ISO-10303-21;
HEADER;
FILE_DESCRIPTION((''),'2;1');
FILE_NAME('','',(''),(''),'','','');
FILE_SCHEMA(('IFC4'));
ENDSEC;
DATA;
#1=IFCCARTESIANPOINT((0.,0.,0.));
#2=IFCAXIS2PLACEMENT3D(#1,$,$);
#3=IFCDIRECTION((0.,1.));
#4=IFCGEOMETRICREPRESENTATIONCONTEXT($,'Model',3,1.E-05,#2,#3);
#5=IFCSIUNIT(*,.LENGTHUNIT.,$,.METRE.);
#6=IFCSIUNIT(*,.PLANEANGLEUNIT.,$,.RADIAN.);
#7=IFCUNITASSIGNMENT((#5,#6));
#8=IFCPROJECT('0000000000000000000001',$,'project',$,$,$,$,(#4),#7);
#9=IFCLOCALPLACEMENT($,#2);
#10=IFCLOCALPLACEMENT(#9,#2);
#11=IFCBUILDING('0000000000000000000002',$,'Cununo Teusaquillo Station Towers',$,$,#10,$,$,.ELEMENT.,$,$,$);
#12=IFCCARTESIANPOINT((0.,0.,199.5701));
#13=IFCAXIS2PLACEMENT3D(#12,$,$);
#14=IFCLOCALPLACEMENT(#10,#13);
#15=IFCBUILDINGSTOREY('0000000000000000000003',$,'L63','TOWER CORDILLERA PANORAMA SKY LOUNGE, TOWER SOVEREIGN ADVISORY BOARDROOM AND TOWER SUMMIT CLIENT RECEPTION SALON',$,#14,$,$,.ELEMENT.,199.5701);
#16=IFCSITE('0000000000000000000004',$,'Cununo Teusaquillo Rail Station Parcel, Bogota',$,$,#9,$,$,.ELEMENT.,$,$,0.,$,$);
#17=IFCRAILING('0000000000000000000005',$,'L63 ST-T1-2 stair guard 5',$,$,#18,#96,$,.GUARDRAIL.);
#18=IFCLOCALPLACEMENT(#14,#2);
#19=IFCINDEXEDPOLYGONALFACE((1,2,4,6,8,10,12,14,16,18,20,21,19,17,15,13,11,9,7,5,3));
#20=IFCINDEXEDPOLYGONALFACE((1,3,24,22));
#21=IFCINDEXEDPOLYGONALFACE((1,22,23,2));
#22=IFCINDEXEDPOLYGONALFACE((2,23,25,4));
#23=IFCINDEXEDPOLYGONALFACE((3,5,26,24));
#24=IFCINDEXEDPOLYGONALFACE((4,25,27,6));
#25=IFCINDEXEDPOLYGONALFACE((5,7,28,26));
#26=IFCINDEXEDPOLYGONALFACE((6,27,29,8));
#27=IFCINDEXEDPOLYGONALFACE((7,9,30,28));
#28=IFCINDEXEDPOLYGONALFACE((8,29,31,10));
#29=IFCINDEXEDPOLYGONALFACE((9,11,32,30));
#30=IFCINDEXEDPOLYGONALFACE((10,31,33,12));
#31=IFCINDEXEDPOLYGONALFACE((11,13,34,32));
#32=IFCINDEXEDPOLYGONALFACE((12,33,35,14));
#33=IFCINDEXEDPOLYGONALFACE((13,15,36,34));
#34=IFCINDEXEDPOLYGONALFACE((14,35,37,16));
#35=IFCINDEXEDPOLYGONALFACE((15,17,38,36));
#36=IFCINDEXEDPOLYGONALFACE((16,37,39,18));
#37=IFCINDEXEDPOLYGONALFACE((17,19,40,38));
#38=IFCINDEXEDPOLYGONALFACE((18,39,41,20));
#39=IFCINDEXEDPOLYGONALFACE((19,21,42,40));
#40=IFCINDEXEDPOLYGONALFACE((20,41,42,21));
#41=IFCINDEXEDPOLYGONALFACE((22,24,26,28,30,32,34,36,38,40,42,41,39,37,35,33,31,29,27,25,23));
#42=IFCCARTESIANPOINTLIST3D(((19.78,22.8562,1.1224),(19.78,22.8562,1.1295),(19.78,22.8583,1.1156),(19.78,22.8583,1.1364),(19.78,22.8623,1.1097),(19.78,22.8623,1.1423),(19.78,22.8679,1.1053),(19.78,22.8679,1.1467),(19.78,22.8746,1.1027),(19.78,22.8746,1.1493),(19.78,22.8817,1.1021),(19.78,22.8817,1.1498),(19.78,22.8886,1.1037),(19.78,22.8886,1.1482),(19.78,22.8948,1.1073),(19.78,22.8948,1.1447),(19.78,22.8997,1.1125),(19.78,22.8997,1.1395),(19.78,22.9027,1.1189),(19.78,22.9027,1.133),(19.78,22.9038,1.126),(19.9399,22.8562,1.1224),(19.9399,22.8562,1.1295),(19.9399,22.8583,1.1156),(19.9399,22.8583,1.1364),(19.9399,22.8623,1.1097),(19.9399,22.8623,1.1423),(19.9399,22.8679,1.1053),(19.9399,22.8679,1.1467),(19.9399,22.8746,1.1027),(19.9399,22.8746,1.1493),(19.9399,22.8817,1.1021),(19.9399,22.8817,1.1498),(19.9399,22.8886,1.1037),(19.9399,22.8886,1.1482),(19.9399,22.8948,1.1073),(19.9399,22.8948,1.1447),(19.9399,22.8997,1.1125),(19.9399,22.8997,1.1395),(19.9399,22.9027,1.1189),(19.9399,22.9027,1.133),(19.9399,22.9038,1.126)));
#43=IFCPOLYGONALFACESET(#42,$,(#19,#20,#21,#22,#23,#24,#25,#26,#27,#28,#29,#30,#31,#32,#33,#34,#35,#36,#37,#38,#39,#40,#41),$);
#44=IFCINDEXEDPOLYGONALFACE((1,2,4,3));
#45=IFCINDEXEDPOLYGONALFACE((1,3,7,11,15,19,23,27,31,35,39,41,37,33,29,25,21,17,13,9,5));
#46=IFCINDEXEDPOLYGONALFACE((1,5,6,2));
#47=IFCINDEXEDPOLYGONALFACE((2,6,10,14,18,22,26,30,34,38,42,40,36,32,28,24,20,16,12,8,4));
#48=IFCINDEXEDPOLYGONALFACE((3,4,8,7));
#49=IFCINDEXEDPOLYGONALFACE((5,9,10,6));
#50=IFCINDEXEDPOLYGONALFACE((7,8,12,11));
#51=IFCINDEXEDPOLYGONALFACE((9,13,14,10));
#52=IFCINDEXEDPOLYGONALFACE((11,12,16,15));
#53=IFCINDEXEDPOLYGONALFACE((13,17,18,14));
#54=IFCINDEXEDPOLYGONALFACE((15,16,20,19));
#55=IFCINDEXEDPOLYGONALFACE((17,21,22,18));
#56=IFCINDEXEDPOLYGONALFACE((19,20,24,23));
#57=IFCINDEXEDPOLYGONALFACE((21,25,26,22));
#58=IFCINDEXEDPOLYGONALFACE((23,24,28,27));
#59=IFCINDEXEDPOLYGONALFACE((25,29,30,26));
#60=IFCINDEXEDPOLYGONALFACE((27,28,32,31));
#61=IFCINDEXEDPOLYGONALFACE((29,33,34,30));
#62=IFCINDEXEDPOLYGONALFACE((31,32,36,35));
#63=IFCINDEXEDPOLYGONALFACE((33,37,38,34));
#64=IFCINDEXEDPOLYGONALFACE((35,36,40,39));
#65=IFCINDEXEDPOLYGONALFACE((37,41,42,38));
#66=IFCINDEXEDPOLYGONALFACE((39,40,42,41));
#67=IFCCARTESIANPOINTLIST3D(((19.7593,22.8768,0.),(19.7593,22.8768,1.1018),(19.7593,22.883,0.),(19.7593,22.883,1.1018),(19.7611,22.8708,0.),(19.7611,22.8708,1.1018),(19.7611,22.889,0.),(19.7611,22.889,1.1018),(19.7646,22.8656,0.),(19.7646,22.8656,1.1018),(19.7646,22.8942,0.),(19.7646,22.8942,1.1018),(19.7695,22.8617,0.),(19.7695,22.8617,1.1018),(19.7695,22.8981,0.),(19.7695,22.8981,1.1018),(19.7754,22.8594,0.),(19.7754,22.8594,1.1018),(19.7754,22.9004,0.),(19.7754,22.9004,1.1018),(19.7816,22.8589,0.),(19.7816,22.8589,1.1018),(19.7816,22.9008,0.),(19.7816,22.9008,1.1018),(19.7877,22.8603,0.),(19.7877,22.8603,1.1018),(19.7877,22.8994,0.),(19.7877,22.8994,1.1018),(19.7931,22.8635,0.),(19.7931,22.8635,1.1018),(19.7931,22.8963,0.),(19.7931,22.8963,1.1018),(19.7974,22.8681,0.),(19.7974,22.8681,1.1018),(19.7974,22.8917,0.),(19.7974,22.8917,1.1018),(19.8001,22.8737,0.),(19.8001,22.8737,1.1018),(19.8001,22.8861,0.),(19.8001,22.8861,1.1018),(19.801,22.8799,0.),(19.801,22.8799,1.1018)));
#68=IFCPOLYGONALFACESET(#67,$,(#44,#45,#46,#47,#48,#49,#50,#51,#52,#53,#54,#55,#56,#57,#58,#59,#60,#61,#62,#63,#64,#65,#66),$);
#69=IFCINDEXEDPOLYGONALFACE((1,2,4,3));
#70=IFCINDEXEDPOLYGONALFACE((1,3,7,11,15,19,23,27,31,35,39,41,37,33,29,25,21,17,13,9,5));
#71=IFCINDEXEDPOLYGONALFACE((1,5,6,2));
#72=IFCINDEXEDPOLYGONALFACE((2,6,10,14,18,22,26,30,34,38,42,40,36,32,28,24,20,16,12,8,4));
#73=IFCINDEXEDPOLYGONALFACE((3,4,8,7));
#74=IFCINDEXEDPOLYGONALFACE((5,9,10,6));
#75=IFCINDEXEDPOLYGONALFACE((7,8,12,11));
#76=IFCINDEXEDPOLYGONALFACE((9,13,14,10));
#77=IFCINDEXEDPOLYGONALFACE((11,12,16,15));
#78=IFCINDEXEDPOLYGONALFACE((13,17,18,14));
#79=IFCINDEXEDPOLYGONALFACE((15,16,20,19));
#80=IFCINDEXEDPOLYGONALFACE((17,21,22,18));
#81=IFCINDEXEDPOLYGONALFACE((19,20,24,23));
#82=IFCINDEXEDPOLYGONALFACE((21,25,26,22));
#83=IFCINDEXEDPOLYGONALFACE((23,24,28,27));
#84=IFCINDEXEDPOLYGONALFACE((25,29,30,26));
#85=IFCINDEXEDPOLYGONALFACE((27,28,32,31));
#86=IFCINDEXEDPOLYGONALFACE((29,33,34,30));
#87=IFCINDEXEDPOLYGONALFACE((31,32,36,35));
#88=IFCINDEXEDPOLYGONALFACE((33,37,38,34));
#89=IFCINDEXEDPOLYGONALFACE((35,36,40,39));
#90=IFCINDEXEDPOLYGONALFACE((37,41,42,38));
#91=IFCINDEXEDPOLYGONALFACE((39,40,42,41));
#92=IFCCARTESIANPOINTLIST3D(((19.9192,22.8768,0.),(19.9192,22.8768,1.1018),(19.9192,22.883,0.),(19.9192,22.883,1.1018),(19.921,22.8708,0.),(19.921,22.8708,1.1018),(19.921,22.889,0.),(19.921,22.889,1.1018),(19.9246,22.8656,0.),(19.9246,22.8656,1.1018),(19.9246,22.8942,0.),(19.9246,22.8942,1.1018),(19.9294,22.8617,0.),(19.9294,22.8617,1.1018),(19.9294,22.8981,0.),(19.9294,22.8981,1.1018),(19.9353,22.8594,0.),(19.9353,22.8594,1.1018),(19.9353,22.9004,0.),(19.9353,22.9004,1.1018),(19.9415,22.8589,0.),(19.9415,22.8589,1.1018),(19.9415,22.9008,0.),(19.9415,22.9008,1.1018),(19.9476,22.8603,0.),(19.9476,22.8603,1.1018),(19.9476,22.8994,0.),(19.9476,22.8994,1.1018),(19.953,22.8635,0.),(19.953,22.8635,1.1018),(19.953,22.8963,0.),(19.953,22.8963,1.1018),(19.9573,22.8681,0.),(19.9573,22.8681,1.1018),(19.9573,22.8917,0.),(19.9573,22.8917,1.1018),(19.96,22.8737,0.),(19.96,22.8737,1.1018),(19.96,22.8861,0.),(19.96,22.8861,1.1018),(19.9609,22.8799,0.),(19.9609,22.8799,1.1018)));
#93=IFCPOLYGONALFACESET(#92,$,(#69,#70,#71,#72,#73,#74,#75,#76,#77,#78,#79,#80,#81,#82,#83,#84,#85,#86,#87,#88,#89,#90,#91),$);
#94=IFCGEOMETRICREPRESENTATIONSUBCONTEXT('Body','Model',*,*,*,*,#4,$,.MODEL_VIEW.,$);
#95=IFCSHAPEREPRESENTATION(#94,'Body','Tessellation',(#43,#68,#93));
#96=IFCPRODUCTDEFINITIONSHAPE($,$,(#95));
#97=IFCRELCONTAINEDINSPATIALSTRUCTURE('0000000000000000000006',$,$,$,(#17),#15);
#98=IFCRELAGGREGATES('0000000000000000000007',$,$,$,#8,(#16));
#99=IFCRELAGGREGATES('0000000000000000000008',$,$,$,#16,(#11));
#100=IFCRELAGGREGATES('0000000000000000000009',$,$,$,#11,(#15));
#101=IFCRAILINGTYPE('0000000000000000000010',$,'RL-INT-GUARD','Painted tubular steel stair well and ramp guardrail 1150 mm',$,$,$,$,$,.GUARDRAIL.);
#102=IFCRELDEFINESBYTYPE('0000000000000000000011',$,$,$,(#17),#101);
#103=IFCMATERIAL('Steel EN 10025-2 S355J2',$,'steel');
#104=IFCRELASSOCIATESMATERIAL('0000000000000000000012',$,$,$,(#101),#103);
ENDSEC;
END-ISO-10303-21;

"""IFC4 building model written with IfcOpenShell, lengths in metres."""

from ifc_helpers import new_model, si_unit, direction, frame, origin, origin_2d, place, context, subcontext, project, spatial, circle, extrude, material, type_object, element, save


model = new_model("IFC4")

# Units and contexts
model_context = context("Model", 3, precision=1e-05, world=origin(), true_north=direction((0.0, 1.0)))
body_context = subcontext(model_context, "Body", "Model", "MODEL_VIEW")
ifc_project = project(units=[si_unit("LENGTHUNIT", "METRE"), si_unit("PLANEANGLEUNIT", "RADIAN")], contexts=[model_context])

# Site, building, storey
site_placement = place(None, origin())
site = spatial("IfcSite", under=ifc_project, at=site_placement, Name="Cununo Teusaquillo Rail Station Parcel, Bogota", CompositionType="ELEMENT", RefElevation=0.0)
building_placement = place(site_placement, origin())
building = spatial("IfcBuilding", under=site, at=building_placement, Name="Cununo Teusaquillo Station Towers", CompositionType="ELEMENT")
storey_placement = place(building_placement, frame((0.0, 0.0, 199.5701)))
storey = spatial("IfcBuildingStorey", under=building, at=storey_placement, Name="L63", Description="TOWER CORDILLERA PANORAMA SKY LOUNGE, TOWER SOVEREIGN ADVISORY BOARDROOM AND TOWER SUMMIT CLIENT RECEPTION SALON", CompositionType="ELEMENT", Elevation=199.5701)

# Railing
ifc_material_1 = material(Name="Steel EN 10025-2 S355J2", Category="steel")
railing_type = type_object("IfcRailingType", Name="RL-INT-GUARD", Description="Painted tubular steel stair well and ramp guardrail 1150 mm", PredefinedType="GUARDRAIL", material=ifc_material_1)
railing_1_placement = place(storey_placement, frame((19.78, 22.8799, 0.0)))
element("IfcRailing", 1, at=railing_1_placement, inside=storey, type_object=railing_type, Name="L63 ST-T1-2 stair guard 5", PredefinedType="GUARDRAIL", context=body_context, shape_type="SweptSolid", body=[
    extrude(circle(Radius=0.0239, at=origin_2d()), frame((0.0, 0.0, 1.126), z_axis=(1.0, 0.0, 0.0), x_axis=(0.0, 1.0, 0.0)), (0.0, 0.0, 1.0), 0.1599),
    extrude(circle(Radius=0.021, at=origin_2d()), origin(), (0.0, 0.0, 1.0), 1.1018),
    extrude(circle(Radius=0.021, at=origin_2d()), frame((0.1599, 0.0, 0.0)), (0.0, 0.0, 1.0), 1.1018),
])

save(model, "model.ifc")
